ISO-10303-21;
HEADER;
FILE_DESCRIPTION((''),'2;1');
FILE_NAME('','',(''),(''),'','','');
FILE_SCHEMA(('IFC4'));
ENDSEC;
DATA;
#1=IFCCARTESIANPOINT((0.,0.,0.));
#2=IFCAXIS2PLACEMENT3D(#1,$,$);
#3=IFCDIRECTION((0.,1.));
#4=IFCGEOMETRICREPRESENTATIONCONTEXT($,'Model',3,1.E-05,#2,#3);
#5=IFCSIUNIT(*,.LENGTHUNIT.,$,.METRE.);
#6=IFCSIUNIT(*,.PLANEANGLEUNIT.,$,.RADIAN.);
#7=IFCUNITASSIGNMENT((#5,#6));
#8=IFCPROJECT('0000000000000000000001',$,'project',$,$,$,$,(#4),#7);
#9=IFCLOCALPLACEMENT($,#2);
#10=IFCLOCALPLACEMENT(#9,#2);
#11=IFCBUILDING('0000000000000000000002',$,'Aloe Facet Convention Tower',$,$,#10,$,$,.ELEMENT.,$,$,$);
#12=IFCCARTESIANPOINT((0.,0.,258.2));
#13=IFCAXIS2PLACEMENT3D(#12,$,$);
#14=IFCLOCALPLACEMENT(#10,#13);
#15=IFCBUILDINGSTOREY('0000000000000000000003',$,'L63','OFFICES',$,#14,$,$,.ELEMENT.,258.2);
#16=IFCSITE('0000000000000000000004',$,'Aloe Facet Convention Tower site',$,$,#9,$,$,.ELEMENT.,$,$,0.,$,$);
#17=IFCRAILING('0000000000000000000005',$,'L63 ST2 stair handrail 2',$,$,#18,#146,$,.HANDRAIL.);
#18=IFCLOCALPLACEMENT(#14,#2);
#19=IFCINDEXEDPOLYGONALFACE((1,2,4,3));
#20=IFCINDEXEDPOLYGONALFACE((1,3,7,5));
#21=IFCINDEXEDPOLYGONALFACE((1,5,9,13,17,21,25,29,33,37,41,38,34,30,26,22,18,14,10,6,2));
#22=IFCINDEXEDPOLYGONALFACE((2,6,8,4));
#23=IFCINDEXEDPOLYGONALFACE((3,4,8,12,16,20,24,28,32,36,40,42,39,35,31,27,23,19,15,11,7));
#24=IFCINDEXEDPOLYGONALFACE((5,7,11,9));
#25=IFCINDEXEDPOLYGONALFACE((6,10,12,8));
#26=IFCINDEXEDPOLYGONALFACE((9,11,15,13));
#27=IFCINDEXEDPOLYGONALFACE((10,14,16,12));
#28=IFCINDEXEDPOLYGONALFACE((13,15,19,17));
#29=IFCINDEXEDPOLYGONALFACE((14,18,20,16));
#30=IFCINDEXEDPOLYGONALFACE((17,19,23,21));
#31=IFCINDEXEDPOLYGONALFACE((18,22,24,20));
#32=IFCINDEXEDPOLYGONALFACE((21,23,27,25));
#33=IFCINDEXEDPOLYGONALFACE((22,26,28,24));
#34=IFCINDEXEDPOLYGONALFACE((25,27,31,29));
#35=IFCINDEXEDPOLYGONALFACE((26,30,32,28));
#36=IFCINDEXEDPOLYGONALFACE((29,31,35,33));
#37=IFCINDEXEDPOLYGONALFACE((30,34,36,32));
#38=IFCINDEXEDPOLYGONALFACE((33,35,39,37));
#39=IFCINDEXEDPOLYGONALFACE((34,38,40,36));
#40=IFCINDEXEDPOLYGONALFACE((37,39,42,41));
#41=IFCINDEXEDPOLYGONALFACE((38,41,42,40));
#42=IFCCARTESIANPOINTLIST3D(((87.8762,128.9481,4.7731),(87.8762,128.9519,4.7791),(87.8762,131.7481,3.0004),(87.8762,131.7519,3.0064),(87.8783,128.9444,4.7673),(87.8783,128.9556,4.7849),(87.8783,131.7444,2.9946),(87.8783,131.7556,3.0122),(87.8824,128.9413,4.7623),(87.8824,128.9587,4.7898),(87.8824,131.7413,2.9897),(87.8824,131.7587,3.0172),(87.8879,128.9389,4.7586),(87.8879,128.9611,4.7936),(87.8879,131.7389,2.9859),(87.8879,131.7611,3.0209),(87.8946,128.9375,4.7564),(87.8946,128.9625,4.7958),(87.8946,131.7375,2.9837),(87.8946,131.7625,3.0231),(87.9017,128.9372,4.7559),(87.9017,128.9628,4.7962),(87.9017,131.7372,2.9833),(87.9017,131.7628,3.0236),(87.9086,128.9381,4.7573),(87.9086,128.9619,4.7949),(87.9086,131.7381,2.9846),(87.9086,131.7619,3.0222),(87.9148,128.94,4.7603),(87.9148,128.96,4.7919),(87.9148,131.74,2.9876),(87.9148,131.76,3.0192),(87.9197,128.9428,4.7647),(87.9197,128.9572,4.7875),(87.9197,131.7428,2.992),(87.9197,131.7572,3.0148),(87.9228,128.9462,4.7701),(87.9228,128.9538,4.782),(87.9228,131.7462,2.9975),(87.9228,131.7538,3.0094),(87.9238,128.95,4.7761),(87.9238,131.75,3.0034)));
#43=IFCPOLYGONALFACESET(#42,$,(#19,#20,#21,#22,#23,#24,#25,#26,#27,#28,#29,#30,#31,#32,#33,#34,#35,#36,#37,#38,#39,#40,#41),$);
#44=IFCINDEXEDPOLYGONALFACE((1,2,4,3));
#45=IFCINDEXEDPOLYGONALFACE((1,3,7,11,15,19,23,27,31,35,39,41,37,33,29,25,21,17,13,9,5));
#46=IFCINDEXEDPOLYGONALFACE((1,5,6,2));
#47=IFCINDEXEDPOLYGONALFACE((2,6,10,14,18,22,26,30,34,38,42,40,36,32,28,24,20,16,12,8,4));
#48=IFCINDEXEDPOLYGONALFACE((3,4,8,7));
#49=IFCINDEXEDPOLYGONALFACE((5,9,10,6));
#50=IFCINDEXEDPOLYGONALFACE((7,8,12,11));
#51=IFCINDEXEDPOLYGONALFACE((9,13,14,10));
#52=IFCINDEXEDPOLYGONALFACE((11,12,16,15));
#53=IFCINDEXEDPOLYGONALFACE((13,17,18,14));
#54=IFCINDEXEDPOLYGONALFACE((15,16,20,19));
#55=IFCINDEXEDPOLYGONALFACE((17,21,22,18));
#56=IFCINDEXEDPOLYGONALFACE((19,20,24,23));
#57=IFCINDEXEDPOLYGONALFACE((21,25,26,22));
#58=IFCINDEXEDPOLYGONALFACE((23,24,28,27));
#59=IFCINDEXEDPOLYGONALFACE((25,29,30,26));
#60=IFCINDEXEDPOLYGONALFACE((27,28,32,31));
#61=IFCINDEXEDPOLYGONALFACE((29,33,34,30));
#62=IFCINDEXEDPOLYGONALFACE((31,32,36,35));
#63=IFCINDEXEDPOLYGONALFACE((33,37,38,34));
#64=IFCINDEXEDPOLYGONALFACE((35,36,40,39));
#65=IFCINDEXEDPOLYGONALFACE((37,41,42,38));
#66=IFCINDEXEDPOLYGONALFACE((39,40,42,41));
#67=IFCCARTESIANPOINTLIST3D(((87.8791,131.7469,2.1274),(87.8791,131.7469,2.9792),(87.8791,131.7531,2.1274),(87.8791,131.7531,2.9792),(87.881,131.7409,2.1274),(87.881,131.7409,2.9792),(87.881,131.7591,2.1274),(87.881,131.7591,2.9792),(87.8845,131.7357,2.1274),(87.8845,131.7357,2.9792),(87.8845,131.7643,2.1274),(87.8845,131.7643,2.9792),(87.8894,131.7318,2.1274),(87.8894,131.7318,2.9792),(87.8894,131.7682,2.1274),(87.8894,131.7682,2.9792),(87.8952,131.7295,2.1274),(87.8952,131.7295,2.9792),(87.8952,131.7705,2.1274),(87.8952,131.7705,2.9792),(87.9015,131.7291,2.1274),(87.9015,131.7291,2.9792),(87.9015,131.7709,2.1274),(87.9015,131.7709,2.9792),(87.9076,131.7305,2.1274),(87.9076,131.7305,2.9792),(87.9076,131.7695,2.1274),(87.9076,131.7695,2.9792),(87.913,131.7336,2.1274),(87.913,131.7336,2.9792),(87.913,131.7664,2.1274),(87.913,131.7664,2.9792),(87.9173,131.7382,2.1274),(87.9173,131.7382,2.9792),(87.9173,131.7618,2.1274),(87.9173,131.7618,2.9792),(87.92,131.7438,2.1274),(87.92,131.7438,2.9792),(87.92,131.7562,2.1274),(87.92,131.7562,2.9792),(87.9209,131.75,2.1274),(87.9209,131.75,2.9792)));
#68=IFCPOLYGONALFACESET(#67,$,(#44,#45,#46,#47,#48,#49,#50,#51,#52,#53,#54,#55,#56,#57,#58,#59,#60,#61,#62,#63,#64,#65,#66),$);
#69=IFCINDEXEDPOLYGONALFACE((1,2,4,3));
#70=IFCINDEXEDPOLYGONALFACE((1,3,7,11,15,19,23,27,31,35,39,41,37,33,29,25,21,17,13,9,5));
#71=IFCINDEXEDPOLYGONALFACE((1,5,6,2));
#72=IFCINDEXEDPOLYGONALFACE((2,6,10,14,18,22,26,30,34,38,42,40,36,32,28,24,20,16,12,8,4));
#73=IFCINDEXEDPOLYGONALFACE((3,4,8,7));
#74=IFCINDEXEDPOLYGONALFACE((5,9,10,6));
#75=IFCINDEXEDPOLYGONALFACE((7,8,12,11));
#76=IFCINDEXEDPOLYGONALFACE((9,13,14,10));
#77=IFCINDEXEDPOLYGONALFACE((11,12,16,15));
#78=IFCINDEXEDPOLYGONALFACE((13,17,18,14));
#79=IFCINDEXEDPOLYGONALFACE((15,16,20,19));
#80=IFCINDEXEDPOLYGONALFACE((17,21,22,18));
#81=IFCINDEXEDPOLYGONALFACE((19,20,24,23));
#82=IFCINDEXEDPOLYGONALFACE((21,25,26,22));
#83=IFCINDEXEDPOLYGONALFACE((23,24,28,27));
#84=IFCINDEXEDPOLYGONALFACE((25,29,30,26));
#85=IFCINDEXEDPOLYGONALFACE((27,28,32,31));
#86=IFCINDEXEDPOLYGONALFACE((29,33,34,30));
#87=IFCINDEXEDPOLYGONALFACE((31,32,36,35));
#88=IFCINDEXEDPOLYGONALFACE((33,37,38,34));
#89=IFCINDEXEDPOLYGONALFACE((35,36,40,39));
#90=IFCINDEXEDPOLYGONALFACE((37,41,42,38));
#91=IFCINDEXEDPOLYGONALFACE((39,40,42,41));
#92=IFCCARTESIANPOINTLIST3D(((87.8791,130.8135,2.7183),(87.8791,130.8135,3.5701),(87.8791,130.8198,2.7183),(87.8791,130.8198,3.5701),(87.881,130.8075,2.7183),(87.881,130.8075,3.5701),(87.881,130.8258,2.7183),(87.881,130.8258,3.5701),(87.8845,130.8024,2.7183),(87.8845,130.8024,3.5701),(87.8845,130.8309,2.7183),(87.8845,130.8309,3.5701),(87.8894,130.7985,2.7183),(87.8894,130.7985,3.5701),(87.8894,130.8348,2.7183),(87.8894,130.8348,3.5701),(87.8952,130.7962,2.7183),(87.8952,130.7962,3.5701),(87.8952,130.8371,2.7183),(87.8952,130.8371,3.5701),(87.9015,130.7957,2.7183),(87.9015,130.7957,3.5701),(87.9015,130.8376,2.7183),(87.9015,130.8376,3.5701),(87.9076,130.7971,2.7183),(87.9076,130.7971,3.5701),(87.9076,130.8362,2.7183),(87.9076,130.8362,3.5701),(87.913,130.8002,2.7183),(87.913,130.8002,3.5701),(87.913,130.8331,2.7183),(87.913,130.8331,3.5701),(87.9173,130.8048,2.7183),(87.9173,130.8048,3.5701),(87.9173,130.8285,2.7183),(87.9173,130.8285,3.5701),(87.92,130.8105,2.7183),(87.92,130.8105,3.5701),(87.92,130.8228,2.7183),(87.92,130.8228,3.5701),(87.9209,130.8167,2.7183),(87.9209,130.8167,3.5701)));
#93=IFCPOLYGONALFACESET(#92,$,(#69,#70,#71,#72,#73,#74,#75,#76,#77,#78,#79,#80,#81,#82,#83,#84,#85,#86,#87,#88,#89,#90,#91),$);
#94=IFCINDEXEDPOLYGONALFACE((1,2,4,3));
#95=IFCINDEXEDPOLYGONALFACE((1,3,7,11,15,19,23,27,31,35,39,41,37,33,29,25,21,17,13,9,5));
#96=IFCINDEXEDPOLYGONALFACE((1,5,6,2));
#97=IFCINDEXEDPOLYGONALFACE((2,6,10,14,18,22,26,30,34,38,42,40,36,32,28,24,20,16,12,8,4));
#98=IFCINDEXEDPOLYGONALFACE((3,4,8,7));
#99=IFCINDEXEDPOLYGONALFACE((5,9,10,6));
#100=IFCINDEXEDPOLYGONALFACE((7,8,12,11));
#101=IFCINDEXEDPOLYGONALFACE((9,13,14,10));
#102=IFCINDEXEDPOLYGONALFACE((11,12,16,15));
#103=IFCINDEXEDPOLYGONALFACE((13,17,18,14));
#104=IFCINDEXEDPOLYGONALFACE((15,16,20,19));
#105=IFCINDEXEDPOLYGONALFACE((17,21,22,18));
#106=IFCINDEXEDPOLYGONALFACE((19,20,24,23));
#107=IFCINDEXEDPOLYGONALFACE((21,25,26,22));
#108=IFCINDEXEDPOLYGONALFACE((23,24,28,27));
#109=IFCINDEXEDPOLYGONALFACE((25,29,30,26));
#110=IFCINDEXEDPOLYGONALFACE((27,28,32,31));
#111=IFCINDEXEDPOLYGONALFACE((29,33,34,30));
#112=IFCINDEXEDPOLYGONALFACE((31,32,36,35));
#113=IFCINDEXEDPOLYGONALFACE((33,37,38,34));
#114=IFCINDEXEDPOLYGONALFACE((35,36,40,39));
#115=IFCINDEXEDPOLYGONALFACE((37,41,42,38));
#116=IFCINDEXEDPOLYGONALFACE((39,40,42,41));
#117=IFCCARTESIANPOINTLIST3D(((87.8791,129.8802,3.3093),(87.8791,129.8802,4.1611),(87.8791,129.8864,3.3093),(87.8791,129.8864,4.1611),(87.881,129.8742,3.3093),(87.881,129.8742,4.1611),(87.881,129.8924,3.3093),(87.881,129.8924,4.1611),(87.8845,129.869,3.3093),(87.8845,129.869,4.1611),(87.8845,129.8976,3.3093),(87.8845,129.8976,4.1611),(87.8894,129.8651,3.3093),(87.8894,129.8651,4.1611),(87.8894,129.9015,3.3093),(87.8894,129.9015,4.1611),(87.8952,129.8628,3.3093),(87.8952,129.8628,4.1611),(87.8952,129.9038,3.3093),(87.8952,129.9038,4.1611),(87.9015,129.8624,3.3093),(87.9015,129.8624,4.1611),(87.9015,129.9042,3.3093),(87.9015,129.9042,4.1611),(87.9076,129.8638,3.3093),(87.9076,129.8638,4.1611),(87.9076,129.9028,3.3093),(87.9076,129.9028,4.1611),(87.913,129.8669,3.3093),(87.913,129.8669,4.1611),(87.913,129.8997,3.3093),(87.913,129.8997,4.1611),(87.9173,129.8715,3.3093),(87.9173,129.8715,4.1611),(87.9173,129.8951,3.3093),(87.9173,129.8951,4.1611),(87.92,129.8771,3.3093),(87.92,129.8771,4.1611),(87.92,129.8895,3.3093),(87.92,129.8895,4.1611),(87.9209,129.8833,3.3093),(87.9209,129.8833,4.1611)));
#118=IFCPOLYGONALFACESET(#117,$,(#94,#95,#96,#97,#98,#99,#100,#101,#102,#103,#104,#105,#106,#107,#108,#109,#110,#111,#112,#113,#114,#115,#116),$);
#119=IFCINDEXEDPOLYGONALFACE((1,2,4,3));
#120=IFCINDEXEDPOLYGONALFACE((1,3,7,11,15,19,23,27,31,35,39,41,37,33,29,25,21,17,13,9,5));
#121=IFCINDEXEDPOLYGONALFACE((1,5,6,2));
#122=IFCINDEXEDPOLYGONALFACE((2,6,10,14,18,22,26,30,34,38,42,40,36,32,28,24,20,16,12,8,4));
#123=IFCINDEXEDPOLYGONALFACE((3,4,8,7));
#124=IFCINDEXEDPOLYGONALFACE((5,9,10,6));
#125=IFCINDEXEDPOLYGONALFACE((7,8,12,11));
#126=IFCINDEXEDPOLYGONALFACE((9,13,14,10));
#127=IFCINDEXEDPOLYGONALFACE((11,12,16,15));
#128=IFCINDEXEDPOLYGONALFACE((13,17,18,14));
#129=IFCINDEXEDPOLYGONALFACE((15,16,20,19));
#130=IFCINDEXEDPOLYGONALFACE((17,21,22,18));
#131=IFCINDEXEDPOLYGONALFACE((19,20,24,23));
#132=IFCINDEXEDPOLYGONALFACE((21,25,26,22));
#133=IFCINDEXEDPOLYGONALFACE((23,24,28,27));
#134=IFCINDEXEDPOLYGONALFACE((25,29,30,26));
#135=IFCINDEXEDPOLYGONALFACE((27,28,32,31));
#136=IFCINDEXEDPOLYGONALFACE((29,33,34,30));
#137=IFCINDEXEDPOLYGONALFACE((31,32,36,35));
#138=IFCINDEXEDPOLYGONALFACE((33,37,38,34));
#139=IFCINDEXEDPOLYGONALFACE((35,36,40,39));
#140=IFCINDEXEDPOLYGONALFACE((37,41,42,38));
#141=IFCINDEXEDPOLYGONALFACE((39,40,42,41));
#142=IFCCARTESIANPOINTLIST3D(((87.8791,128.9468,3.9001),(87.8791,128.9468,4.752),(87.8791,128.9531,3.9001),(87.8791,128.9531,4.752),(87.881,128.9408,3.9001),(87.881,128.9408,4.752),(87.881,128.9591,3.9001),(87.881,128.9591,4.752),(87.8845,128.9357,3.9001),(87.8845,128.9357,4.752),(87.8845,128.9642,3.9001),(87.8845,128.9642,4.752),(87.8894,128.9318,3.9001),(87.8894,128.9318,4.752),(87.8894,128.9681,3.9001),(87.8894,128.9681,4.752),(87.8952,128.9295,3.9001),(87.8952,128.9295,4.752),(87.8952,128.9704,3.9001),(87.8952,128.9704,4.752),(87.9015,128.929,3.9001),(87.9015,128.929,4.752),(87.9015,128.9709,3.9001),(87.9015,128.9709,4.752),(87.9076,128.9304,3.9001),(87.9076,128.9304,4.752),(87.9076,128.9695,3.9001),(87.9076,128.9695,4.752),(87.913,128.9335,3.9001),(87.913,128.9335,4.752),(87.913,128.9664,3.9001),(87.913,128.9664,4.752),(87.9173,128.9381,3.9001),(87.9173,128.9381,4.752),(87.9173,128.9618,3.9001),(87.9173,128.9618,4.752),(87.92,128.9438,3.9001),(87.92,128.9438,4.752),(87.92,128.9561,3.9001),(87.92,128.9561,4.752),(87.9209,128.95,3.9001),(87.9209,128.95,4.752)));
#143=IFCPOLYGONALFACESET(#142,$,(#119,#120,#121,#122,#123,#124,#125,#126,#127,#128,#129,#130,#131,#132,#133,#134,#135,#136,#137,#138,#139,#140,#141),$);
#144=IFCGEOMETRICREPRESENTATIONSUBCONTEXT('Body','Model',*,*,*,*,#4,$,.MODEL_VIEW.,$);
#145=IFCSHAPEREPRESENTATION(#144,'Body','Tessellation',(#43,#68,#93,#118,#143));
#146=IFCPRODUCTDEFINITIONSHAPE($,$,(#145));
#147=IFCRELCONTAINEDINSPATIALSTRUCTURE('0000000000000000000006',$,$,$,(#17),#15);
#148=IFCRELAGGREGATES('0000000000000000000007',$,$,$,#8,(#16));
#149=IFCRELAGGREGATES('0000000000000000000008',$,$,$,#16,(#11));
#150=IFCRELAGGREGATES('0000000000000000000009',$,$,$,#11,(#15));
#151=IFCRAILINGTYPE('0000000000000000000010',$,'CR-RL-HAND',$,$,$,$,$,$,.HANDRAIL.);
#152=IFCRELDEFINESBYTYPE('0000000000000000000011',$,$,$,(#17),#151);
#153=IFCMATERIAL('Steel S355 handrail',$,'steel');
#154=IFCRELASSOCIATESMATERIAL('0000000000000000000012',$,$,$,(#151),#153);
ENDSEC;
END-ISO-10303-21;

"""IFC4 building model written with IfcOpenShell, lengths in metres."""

from ifc_helpers import new_model, si_unit, direction, frame, origin, origin_2d, place, context, subcontext, project, spatial, circle, extrude, material, type_object, element, save


model = new_model("IFC4")

# Units and contexts
model_context = context("Model", 3, precision=1e-05, world=origin(), true_north=direction((0.0, 1.0)))
body_context = subcontext(model_context, "Body", "Model", "MODEL_VIEW")
ifc_project = project(units=[si_unit("LENGTHUNIT", "METRE"), si_unit("PLANEANGLEUNIT", "RADIAN")], contexts=[model_context])

# Site, building, storey
site_placement = place(None, origin())
site = spatial("IfcSite", under=ifc_project, at=site_placement, Name="Aloe Facet Convention Tower site", CompositionType="ELEMENT", RefElevation=0.0)
building_placement = place(site_placement, origin())
building = spatial("IfcBuilding", under=site, at=building_placement, Name="Aloe Facet Convention Tower", CompositionType="ELEMENT")
storey_placement = place(building_placement, frame((0.0, 0.0, 258.2)))
storey = spatial("IfcBuildingStorey", under=building, at=storey_placement, Name="L63", Description="OFFICES", CompositionType="ELEMENT", Elevation=258.2)

# Railing
ifc_material_1 = material(Name="Steel S355 handrail", Category="steel")
railing_type_1 = type_object("IfcRailingType", Name="CR-RL-HAND", PredefinedType="HANDRAIL", material=ifc_material_1)
railing_1_placement = place(storey_placement, frame((87.8999, 131.75, 2.1274)))
element("IfcRailing", 1, at=railing_1_placement, inside=storey, type_object=railing_type_1, Name="L63 ST2 stair handrail 2", PredefinedType="HANDRAIL", context=body_context, shape_type="SweptSolid", body=[
    extrude(circle(Radius=0.0239, at=origin_2d()), frame((0.0, 0.0, 0.876), z_axis=(0.0, -0.844909, 0.53491), x_axis=(1.0, 0.0, 0.0)), (0.0, 0.0, 1.0), 3.314),
    extrude(circle(Radius=0.021, at=origin_2d()), origin(), (0.0, 0.0, 1.0), 0.8518),
    extrude(circle(Radius=0.021, at=origin_2d()), frame((0.0, -0.9333, 0.5908)), (0.0, 0.0, 1.0), 0.8518),
    extrude(circle(Radius=0.021, at=origin_2d()), frame((0.0, -1.8667, 1.1819)), (0.0, 0.0, 1.0), 0.8518),
    extrude(circle(Radius=0.021, at=origin_2d()), frame((0.0, -2.8, 1.7727)), (0.0, 0.0, 1.0), 0.8518),
])

save(model, "model.ifc")
